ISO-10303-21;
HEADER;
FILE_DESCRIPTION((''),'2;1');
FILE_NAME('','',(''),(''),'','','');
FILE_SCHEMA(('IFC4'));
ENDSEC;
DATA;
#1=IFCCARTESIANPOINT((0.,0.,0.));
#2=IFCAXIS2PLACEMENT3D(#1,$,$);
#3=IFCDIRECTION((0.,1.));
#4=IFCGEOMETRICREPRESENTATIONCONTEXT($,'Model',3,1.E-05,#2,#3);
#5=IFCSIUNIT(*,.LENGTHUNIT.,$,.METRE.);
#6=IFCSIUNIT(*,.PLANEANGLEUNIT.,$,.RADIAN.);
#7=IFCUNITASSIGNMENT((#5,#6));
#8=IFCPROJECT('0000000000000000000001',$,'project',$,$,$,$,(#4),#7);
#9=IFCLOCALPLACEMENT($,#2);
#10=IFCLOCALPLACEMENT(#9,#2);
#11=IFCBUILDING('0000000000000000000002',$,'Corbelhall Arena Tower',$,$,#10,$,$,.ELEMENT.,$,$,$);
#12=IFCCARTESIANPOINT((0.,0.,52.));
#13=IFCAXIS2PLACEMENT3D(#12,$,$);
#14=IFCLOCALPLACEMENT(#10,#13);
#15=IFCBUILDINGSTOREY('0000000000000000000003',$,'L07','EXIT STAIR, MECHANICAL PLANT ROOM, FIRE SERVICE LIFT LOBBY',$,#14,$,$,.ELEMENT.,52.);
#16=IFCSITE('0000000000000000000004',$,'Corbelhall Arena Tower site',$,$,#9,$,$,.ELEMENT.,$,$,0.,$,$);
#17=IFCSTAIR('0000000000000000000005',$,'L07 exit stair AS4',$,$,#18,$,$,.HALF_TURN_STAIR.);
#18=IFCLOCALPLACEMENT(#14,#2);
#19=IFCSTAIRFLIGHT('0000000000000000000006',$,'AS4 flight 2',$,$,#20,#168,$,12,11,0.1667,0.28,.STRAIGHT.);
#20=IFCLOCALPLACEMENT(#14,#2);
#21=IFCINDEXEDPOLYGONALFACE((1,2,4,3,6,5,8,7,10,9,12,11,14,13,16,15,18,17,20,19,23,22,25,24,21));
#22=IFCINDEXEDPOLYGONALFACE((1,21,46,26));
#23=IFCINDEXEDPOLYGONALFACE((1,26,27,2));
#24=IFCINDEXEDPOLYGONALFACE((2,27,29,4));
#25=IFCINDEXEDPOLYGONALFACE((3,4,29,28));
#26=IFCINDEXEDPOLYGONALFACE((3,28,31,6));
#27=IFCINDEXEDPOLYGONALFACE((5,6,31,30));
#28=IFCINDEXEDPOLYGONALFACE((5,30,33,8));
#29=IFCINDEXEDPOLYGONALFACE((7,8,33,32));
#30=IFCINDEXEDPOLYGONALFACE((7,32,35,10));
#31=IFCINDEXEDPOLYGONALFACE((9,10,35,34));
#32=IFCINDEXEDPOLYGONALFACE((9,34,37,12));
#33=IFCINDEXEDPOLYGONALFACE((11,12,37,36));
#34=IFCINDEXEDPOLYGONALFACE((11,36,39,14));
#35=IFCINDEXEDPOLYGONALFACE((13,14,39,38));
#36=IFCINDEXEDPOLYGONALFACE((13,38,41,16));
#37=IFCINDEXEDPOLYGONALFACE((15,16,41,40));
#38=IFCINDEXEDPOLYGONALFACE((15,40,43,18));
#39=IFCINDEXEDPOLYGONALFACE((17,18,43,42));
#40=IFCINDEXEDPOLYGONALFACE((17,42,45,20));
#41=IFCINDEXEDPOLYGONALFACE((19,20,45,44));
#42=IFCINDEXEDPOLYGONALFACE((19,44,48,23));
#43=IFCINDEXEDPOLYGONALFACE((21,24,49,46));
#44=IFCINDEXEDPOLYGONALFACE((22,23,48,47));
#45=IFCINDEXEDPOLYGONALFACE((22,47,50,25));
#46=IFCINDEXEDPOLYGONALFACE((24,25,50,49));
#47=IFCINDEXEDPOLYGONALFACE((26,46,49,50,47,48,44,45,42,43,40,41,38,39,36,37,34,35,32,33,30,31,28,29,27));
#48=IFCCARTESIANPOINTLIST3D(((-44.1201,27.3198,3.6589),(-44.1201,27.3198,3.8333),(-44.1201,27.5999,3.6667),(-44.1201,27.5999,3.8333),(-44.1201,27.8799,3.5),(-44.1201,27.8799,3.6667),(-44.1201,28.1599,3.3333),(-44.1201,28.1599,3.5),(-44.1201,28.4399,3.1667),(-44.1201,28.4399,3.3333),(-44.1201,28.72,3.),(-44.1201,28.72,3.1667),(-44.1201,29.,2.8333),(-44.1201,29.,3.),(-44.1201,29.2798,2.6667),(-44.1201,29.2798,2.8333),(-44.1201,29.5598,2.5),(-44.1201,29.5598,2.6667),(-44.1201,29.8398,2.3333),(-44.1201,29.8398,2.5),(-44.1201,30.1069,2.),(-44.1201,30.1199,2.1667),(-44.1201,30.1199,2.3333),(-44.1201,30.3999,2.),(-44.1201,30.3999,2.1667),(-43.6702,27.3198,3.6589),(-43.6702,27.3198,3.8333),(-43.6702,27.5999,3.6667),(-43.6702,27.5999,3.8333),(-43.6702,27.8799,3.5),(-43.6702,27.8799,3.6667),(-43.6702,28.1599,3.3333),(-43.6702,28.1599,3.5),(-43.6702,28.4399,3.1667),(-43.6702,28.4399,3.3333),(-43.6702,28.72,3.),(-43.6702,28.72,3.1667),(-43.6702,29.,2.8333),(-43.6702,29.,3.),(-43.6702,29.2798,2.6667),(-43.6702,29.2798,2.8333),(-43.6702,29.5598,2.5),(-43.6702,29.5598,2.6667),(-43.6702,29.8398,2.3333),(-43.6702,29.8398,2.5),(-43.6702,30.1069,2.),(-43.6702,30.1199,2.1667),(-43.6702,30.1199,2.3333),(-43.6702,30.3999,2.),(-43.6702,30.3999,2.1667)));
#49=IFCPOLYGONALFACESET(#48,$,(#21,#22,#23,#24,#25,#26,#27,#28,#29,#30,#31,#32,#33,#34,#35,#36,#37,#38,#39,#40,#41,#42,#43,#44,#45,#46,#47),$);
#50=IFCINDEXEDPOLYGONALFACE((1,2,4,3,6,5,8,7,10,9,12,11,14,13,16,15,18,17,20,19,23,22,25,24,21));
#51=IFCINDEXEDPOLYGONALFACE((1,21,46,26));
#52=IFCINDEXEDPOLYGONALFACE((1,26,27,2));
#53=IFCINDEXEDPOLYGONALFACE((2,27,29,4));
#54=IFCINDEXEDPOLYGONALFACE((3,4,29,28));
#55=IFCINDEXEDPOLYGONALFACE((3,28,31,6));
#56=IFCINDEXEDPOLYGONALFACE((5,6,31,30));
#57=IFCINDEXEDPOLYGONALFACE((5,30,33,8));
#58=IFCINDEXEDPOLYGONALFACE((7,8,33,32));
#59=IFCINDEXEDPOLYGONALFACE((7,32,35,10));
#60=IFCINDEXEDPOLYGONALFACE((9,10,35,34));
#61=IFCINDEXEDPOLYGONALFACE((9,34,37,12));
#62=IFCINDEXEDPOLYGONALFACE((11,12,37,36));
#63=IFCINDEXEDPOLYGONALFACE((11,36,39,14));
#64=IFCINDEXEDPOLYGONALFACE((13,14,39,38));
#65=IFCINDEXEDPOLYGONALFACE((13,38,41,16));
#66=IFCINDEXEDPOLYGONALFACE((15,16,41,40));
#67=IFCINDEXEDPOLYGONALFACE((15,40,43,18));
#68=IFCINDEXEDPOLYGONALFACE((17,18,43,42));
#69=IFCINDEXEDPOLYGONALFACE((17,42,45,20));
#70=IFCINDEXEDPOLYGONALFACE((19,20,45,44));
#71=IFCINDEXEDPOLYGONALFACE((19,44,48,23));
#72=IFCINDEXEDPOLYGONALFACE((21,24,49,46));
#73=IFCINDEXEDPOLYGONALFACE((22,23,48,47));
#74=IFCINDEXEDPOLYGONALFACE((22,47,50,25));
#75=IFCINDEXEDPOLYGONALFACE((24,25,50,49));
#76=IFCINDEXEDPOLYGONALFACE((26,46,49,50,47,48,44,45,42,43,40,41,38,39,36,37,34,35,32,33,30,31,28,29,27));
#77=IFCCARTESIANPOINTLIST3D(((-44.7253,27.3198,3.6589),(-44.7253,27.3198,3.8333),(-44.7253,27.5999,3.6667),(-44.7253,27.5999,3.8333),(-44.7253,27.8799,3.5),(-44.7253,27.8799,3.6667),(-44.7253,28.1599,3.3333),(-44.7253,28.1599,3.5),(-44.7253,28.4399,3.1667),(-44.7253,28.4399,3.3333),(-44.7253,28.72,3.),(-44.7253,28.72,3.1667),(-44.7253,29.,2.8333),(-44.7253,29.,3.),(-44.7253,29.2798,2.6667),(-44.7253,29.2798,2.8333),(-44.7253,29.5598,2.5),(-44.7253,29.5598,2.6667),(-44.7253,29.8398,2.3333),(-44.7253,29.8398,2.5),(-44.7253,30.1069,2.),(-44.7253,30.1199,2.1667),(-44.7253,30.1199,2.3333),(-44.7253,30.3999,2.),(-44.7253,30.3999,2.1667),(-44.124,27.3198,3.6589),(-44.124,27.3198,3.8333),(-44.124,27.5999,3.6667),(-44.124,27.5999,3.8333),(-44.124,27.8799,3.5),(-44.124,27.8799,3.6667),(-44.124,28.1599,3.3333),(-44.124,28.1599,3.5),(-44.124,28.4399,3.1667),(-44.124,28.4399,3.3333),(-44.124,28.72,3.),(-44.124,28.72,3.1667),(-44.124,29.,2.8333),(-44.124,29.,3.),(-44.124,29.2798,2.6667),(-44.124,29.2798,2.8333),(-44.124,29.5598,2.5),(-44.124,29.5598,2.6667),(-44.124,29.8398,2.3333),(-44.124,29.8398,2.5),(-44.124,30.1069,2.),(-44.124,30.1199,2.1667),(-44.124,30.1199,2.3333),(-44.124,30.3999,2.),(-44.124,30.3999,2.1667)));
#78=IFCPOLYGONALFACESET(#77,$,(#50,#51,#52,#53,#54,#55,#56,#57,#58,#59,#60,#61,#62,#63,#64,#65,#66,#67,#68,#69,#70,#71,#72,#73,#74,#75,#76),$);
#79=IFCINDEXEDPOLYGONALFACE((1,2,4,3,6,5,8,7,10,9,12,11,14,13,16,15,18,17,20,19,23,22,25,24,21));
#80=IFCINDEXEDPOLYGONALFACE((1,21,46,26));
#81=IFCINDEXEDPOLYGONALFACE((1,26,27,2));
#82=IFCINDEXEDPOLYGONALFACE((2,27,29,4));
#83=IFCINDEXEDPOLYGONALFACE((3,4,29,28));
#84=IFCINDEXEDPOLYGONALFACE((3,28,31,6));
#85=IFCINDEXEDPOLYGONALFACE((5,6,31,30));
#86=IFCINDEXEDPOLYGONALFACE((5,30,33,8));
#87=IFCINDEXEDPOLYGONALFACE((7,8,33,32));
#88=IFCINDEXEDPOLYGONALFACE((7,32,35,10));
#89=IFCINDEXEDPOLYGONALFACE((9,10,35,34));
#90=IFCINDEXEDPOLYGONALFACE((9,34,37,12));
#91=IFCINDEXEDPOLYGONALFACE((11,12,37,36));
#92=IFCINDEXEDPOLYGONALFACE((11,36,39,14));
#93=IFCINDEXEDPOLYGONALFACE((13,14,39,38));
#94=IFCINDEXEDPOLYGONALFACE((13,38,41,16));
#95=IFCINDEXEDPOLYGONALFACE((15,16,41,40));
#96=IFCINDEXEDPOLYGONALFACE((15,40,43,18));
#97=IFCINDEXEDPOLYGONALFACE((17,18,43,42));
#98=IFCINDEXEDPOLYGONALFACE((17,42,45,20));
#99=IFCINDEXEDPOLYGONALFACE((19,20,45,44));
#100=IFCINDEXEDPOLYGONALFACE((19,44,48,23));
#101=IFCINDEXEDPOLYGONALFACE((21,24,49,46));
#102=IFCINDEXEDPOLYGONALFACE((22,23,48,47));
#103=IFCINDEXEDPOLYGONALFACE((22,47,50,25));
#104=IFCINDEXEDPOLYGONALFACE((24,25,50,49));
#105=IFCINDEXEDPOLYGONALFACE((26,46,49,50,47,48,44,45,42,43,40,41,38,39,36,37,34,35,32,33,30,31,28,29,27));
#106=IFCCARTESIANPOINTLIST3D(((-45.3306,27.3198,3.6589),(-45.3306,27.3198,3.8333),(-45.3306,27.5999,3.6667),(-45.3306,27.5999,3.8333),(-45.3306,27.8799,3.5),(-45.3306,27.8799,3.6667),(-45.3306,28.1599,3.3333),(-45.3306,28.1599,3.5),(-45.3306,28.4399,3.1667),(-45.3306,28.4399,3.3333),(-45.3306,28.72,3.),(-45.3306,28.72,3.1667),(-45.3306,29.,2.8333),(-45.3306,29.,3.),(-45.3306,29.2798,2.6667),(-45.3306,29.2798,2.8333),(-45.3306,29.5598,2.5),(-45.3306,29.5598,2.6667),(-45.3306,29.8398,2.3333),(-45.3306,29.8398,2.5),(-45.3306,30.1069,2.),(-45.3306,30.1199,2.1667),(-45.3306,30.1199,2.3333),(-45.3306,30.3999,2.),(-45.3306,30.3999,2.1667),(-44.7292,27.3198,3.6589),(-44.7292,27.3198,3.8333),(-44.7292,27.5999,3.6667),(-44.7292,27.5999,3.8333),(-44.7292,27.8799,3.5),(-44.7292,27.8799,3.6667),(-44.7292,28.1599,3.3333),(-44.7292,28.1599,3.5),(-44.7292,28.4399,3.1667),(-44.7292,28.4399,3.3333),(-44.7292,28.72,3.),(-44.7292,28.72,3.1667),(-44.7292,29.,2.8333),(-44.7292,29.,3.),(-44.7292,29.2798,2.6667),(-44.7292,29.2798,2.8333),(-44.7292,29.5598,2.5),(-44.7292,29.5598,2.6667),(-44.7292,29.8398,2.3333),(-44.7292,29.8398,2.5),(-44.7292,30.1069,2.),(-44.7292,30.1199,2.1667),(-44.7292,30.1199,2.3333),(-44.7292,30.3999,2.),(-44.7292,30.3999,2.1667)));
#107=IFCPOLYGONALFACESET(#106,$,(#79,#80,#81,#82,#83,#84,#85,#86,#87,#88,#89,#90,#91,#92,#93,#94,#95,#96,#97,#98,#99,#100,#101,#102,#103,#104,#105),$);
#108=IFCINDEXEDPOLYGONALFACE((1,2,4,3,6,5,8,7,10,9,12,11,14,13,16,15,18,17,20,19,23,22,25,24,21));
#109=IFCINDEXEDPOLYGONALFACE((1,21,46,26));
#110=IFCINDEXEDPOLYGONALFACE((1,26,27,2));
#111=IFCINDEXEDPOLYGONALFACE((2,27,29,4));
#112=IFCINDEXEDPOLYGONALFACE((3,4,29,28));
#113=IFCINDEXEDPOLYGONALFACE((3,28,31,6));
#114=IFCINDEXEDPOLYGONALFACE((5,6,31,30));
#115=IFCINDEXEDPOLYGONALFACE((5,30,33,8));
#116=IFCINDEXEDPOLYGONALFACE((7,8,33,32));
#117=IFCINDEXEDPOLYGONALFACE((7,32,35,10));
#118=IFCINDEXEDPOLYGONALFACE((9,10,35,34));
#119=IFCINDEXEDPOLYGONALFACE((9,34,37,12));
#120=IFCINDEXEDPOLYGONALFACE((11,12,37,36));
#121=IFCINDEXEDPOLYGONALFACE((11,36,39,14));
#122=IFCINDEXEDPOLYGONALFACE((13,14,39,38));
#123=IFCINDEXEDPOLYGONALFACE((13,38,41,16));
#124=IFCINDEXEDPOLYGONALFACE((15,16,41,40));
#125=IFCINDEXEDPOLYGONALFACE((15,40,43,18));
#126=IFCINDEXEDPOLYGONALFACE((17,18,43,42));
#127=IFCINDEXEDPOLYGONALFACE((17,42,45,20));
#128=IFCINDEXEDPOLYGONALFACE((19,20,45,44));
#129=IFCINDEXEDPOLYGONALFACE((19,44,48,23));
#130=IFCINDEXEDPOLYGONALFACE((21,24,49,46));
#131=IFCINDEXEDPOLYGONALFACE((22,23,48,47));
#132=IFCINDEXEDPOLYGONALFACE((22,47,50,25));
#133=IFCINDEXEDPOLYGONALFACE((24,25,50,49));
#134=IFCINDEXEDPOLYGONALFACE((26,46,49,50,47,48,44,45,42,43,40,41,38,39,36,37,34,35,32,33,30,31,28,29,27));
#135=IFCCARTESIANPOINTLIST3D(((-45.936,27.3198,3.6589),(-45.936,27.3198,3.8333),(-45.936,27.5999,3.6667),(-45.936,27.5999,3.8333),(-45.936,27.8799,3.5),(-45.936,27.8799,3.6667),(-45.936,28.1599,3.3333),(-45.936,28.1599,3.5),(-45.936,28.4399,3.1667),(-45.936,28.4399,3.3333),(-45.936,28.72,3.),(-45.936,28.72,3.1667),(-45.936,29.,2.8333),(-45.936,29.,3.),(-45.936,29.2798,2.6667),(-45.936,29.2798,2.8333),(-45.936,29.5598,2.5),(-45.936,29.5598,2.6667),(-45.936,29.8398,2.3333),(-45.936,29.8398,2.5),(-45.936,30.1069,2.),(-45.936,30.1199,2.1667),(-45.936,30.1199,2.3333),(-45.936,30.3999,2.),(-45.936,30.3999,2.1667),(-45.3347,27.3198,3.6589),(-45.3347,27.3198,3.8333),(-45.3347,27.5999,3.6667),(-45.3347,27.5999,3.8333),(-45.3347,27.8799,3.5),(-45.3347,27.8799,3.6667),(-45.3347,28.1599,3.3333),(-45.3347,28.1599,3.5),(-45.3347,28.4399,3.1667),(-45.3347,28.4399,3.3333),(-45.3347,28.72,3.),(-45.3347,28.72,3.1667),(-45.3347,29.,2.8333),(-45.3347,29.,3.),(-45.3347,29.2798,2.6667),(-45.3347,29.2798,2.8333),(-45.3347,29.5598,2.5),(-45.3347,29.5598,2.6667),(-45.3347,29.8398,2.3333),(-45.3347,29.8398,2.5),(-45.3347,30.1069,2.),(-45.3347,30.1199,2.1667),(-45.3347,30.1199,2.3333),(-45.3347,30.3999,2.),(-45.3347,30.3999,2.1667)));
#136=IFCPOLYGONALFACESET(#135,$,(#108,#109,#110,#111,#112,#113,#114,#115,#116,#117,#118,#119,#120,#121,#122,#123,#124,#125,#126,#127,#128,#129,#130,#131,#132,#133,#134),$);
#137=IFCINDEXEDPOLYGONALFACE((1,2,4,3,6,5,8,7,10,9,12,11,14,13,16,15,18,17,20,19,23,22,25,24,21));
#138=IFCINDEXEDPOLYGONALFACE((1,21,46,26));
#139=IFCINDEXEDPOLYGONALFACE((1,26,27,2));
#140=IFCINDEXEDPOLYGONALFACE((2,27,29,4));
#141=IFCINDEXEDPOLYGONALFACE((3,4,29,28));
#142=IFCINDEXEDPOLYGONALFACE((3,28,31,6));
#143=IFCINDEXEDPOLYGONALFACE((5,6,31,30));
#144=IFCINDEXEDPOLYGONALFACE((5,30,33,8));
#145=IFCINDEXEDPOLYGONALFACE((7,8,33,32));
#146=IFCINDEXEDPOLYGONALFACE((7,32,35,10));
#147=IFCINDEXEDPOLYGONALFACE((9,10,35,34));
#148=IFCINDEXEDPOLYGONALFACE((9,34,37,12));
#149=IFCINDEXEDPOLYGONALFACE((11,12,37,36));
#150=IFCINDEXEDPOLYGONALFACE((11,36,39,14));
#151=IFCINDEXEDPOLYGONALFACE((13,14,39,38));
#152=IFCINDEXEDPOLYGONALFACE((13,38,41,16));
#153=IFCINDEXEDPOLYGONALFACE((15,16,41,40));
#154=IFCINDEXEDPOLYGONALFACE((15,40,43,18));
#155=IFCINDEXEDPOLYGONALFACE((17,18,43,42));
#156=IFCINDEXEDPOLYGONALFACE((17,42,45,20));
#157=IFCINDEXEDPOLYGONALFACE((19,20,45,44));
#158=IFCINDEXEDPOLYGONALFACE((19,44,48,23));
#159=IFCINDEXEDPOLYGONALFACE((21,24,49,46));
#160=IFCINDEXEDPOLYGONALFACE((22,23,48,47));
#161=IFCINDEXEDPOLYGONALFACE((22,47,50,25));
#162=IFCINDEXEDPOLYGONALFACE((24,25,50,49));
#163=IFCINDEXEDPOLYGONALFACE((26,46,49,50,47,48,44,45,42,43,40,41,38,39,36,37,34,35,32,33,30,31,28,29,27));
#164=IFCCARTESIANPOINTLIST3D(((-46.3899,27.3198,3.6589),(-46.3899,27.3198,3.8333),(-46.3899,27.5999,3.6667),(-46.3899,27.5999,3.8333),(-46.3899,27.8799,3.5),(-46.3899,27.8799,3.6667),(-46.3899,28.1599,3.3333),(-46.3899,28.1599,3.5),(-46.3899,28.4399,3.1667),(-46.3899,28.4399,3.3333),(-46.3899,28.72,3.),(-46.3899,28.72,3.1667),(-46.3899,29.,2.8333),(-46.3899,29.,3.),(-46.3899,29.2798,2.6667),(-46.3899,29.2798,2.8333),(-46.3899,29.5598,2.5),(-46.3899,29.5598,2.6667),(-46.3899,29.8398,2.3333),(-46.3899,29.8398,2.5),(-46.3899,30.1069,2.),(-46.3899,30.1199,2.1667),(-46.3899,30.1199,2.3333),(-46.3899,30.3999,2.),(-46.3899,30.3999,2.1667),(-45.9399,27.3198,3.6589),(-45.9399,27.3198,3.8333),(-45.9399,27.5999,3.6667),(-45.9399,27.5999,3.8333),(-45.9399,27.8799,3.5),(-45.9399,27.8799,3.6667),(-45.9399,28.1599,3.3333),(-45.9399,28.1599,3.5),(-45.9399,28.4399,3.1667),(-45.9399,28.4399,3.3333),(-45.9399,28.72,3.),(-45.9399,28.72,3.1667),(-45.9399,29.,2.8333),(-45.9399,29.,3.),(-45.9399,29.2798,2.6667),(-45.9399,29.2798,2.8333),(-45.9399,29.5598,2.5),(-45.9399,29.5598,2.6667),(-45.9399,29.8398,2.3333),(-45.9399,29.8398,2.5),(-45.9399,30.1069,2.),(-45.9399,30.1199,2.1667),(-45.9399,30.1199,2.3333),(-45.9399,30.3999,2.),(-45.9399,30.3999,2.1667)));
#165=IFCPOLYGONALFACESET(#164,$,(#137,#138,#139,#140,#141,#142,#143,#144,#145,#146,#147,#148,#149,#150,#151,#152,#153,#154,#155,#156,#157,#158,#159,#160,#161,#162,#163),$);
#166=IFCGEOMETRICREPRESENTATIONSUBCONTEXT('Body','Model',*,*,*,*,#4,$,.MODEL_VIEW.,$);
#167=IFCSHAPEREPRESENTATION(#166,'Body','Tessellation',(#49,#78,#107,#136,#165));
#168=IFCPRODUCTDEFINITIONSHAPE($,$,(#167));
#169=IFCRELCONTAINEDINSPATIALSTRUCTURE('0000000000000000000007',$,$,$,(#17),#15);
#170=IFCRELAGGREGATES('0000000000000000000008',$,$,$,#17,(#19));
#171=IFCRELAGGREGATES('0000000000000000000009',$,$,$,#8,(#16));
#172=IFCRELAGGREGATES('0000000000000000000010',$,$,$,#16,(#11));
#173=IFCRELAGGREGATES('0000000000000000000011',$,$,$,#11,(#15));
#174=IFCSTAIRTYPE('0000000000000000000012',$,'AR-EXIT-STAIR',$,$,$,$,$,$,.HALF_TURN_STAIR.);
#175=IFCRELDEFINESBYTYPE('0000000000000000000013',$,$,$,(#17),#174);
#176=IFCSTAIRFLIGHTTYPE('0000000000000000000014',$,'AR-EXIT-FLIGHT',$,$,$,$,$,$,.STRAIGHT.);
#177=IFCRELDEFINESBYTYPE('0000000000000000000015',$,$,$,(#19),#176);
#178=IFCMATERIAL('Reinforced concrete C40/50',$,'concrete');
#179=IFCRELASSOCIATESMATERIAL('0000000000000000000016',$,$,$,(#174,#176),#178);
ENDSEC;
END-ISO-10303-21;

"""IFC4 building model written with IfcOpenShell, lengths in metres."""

from ifc_helpers import new_model, si_unit, direction, frame, origin, place, context, subcontext, project, spatial, polyline, outline, extrude, material, type_object, element, aggregate, save


model = new_model("IFC4")

# Units and contexts
model_context = context("Model", 3, precision=1e-05, world=origin(), true_north=direction((0.0, 1.0)))
body_context = subcontext(model_context, "Body", "Model", "MODEL_VIEW")
ifc_project = project(units=[si_unit("LENGTHUNIT", "METRE"), si_unit("PLANEANGLEUNIT", "RADIAN")], contexts=[model_context])

# Site, building, storey
site_placement = place(None, origin())
site = spatial("IfcSite", under=ifc_project, at=site_placement, Name="Corbelhall Arena Tower site", CompositionType="ELEMENT", RefElevation=0.0)
building_placement = place(site_placement, origin())
building = spatial("IfcBuilding", under=site, at=building_placement, Name="Corbelhall Arena Tower", CompositionType="ELEMENT")
storey_placement = place(building_placement, frame((0.0, 0.0, 52.0)))
storey = spatial("IfcBuildingStorey", under=building, at=storey_placement, Name="L07", Description="EXIT STAIR, MECHANICAL PLANT ROOM, FIRE SERVICE LIFT LOBBY", CompositionType="ELEMENT", Elevation=52.0)

# Shared definitions
ifc_material_1 = material(Name="Reinforced concrete C40/50", Category="concrete")

# Stair, stair flight
stair_type = type_object("IfcStairType", Name="AR-EXIT-STAIR", PredefinedType="HALF_TURN_STAIR", material=ifc_material_1)
stair_flight_type = type_object("IfcStairFlightType", Name="AR-EXIT-FLIGHT", PredefinedType="STRAIGHT", material=ifc_material_1)
stair_1_placement = place(storey_placement, origin())
stair_1 = element("IfcStair", 1, at=stair_1_placement, inside=storey, type_object=stair_type, Name="L07 exit stair AS4", PredefinedType="HALF_TURN_STAIR")
stair_flight_1_placement = place(storey_placement, frame((-45.03, 30.3999, 2.0), z_axis=(0.0, 0.0, 1.0), x_axis=(0.0, -1.0, 0.0)))
stair_flight_1 = element("IfcStairFlight", 2, at=stair_flight_1_placement, type_object=stair_flight_type, Name="AS4 flight 2", NumberOfRisers=12, NumberOfTreads=11, PredefinedType="STRAIGHT", RiserHeight=0.1667, TreadLength=0.28, context=body_context, shape_type="SweptSolid", body=[
    extrude(outline(polyline([(0.0, 0.0), (0.0, 0.1667), (0.28, 0.1667), (0.28, 0.3333), (0.5601, 0.3333), (0.5601, 0.5), (0.8401, 0.5), (0.8401, 0.6667), (1.1201, 0.6667), (1.1201, 0.8333), (1.3999, 0.8333), (1.3999, 1.0), (1.6799, 1.0), (1.6799, 1.1667), (1.96, 1.1667), (1.96, 1.3333), (2.24, 1.3333), (2.24, 1.5), (2.52, 1.5), (2.52, 1.6667), (2.8, 1.6667), (2.8, 1.8333), (3.0801, 1.8333), (3.0801, 2.0), (3.0801, 1.6589), (0.293, 0.0), (0.0, 0.0)])), frame((0.0, 1.3599, 0.0), z_axis=(0.0, -1.0, 0.0), x_axis=(1.0, 0.0, 0.0)), (0.0, 0.0, 1.0), 0.45),
    extrude(outline(polyline([(0.0, 0.0), (0.0, 0.1667), (0.28, 0.1667), (0.28, 0.3333), (0.5601, 0.3333), (0.5601, 0.5), (0.8401, 0.5), (0.8401, 0.6667), (1.1201, 0.6667), (1.1201, 0.8333), (1.3999, 0.8333), (1.3999, 1.0), (1.6799, 1.0), (1.6799, 1.1667), (1.96, 1.1667), (1.96, 1.3333), (2.24, 1.3333), (2.24, 1.5), (2.52, 1.5), (2.52, 1.6667), (2.8, 1.6667), (2.8, 1.8333), (3.0801, 1.8333), (3.0801, 2.0), (3.0801, 1.6589), (0.293, 0.0), (0.0, 0.0)])), frame((0.0, 0.906, 0.0), z_axis=(0.0, -1.0, 0.0), x_axis=(1.0, 0.0, 0.0)), (0.0, 0.0, 1.0), 0.6013),
    extrude(outline(polyline([(0.0, 0.0), (0.0, 0.1667), (0.28, 0.1667), (0.28, 0.3333), (0.5601, 0.3333), (0.5601, 0.5), (0.8401, 0.5), (0.8401, 0.6667), (1.1201, 0.6667), (1.1201, 0.8333), (1.3999, 0.8333), (1.3999, 1.0), (1.6799, 1.0), (1.6799, 1.1667), (1.96, 1.1667), (1.96, 1.3333), (2.24, 1.3333), (2.24, 1.5), (2.52, 1.5), (2.52, 1.6667), (2.8, 1.6667), (2.8, 1.8333), (3.0801, 1.8333), (3.0801, 2.0), (3.0801, 1.6589), (0.293, 0.0), (0.0, 0.0)])), frame((0.0, 0.3008, 0.0), z_axis=(0.0, -1.0, 0.0), x_axis=(1.0, 0.0, 0.0)), (0.0, 0.0, 1.0), 0.6013),
    extrude(outline(polyline([(0.0, 0.0), (0.0, 0.1667), (0.28, 0.1667), (0.28, 0.3333), (0.5601, 0.3333), (0.5601, 0.5), (0.8401, 0.5), (0.8401, 0.6667), (1.1201, 0.6667), (1.1201, 0.8333), (1.3999, 0.8333), (1.3999, 1.0), (1.6799, 1.0), (1.6799, 1.1667), (1.96, 1.1667), (1.96, 1.3333), (2.24, 1.3333), (2.24, 1.5), (2.52, 1.5), (2.52, 1.6667), (2.8, 1.6667), (2.8, 1.8333), (3.0801, 1.8333), (3.0801, 2.0), (3.0801, 1.6589), (0.293, 0.0), (0.0, 0.0)])), frame((0.0, -0.3047, 0.0), z_axis=(0.0, -1.0, 0.0), x_axis=(1.0, 0.0, 0.0)), (0.0, 0.0, 1.0), 0.6013),
    extrude(outline(polyline([(0.0, 0.0), (0.0, 0.1667), (0.28, 0.1667), (0.28, 0.3333), (0.5601, 0.3333), (0.5601, 0.5), (0.8401, 0.5), (0.8401, 0.6667), (1.1201, 0.6667), (1.1201, 0.8333), (1.3999, 0.8333), (1.3999, 1.0), (1.6799, 1.0), (1.6799, 1.1667), (1.96, 1.1667), (1.96, 1.3333), (2.24, 1.3333), (2.24, 1.5), (2.52, 1.5), (2.52, 1.6667), (2.8, 1.6667), (2.8, 1.8333), (3.0801, 1.8333), (3.0801, 2.0), (3.0801, 1.6589), (0.293, 0.0), (0.0, 0.0)])), frame((0.0, -0.9099, 0.0), z_axis=(0.0, -1.0, 0.0), x_axis=(1.0, 0.0, 0.0)), (0.0, 0.0, 1.0), 0.45),
])
aggregate(stair_1, [stair_flight_1])

save(model, "model.ifc")
